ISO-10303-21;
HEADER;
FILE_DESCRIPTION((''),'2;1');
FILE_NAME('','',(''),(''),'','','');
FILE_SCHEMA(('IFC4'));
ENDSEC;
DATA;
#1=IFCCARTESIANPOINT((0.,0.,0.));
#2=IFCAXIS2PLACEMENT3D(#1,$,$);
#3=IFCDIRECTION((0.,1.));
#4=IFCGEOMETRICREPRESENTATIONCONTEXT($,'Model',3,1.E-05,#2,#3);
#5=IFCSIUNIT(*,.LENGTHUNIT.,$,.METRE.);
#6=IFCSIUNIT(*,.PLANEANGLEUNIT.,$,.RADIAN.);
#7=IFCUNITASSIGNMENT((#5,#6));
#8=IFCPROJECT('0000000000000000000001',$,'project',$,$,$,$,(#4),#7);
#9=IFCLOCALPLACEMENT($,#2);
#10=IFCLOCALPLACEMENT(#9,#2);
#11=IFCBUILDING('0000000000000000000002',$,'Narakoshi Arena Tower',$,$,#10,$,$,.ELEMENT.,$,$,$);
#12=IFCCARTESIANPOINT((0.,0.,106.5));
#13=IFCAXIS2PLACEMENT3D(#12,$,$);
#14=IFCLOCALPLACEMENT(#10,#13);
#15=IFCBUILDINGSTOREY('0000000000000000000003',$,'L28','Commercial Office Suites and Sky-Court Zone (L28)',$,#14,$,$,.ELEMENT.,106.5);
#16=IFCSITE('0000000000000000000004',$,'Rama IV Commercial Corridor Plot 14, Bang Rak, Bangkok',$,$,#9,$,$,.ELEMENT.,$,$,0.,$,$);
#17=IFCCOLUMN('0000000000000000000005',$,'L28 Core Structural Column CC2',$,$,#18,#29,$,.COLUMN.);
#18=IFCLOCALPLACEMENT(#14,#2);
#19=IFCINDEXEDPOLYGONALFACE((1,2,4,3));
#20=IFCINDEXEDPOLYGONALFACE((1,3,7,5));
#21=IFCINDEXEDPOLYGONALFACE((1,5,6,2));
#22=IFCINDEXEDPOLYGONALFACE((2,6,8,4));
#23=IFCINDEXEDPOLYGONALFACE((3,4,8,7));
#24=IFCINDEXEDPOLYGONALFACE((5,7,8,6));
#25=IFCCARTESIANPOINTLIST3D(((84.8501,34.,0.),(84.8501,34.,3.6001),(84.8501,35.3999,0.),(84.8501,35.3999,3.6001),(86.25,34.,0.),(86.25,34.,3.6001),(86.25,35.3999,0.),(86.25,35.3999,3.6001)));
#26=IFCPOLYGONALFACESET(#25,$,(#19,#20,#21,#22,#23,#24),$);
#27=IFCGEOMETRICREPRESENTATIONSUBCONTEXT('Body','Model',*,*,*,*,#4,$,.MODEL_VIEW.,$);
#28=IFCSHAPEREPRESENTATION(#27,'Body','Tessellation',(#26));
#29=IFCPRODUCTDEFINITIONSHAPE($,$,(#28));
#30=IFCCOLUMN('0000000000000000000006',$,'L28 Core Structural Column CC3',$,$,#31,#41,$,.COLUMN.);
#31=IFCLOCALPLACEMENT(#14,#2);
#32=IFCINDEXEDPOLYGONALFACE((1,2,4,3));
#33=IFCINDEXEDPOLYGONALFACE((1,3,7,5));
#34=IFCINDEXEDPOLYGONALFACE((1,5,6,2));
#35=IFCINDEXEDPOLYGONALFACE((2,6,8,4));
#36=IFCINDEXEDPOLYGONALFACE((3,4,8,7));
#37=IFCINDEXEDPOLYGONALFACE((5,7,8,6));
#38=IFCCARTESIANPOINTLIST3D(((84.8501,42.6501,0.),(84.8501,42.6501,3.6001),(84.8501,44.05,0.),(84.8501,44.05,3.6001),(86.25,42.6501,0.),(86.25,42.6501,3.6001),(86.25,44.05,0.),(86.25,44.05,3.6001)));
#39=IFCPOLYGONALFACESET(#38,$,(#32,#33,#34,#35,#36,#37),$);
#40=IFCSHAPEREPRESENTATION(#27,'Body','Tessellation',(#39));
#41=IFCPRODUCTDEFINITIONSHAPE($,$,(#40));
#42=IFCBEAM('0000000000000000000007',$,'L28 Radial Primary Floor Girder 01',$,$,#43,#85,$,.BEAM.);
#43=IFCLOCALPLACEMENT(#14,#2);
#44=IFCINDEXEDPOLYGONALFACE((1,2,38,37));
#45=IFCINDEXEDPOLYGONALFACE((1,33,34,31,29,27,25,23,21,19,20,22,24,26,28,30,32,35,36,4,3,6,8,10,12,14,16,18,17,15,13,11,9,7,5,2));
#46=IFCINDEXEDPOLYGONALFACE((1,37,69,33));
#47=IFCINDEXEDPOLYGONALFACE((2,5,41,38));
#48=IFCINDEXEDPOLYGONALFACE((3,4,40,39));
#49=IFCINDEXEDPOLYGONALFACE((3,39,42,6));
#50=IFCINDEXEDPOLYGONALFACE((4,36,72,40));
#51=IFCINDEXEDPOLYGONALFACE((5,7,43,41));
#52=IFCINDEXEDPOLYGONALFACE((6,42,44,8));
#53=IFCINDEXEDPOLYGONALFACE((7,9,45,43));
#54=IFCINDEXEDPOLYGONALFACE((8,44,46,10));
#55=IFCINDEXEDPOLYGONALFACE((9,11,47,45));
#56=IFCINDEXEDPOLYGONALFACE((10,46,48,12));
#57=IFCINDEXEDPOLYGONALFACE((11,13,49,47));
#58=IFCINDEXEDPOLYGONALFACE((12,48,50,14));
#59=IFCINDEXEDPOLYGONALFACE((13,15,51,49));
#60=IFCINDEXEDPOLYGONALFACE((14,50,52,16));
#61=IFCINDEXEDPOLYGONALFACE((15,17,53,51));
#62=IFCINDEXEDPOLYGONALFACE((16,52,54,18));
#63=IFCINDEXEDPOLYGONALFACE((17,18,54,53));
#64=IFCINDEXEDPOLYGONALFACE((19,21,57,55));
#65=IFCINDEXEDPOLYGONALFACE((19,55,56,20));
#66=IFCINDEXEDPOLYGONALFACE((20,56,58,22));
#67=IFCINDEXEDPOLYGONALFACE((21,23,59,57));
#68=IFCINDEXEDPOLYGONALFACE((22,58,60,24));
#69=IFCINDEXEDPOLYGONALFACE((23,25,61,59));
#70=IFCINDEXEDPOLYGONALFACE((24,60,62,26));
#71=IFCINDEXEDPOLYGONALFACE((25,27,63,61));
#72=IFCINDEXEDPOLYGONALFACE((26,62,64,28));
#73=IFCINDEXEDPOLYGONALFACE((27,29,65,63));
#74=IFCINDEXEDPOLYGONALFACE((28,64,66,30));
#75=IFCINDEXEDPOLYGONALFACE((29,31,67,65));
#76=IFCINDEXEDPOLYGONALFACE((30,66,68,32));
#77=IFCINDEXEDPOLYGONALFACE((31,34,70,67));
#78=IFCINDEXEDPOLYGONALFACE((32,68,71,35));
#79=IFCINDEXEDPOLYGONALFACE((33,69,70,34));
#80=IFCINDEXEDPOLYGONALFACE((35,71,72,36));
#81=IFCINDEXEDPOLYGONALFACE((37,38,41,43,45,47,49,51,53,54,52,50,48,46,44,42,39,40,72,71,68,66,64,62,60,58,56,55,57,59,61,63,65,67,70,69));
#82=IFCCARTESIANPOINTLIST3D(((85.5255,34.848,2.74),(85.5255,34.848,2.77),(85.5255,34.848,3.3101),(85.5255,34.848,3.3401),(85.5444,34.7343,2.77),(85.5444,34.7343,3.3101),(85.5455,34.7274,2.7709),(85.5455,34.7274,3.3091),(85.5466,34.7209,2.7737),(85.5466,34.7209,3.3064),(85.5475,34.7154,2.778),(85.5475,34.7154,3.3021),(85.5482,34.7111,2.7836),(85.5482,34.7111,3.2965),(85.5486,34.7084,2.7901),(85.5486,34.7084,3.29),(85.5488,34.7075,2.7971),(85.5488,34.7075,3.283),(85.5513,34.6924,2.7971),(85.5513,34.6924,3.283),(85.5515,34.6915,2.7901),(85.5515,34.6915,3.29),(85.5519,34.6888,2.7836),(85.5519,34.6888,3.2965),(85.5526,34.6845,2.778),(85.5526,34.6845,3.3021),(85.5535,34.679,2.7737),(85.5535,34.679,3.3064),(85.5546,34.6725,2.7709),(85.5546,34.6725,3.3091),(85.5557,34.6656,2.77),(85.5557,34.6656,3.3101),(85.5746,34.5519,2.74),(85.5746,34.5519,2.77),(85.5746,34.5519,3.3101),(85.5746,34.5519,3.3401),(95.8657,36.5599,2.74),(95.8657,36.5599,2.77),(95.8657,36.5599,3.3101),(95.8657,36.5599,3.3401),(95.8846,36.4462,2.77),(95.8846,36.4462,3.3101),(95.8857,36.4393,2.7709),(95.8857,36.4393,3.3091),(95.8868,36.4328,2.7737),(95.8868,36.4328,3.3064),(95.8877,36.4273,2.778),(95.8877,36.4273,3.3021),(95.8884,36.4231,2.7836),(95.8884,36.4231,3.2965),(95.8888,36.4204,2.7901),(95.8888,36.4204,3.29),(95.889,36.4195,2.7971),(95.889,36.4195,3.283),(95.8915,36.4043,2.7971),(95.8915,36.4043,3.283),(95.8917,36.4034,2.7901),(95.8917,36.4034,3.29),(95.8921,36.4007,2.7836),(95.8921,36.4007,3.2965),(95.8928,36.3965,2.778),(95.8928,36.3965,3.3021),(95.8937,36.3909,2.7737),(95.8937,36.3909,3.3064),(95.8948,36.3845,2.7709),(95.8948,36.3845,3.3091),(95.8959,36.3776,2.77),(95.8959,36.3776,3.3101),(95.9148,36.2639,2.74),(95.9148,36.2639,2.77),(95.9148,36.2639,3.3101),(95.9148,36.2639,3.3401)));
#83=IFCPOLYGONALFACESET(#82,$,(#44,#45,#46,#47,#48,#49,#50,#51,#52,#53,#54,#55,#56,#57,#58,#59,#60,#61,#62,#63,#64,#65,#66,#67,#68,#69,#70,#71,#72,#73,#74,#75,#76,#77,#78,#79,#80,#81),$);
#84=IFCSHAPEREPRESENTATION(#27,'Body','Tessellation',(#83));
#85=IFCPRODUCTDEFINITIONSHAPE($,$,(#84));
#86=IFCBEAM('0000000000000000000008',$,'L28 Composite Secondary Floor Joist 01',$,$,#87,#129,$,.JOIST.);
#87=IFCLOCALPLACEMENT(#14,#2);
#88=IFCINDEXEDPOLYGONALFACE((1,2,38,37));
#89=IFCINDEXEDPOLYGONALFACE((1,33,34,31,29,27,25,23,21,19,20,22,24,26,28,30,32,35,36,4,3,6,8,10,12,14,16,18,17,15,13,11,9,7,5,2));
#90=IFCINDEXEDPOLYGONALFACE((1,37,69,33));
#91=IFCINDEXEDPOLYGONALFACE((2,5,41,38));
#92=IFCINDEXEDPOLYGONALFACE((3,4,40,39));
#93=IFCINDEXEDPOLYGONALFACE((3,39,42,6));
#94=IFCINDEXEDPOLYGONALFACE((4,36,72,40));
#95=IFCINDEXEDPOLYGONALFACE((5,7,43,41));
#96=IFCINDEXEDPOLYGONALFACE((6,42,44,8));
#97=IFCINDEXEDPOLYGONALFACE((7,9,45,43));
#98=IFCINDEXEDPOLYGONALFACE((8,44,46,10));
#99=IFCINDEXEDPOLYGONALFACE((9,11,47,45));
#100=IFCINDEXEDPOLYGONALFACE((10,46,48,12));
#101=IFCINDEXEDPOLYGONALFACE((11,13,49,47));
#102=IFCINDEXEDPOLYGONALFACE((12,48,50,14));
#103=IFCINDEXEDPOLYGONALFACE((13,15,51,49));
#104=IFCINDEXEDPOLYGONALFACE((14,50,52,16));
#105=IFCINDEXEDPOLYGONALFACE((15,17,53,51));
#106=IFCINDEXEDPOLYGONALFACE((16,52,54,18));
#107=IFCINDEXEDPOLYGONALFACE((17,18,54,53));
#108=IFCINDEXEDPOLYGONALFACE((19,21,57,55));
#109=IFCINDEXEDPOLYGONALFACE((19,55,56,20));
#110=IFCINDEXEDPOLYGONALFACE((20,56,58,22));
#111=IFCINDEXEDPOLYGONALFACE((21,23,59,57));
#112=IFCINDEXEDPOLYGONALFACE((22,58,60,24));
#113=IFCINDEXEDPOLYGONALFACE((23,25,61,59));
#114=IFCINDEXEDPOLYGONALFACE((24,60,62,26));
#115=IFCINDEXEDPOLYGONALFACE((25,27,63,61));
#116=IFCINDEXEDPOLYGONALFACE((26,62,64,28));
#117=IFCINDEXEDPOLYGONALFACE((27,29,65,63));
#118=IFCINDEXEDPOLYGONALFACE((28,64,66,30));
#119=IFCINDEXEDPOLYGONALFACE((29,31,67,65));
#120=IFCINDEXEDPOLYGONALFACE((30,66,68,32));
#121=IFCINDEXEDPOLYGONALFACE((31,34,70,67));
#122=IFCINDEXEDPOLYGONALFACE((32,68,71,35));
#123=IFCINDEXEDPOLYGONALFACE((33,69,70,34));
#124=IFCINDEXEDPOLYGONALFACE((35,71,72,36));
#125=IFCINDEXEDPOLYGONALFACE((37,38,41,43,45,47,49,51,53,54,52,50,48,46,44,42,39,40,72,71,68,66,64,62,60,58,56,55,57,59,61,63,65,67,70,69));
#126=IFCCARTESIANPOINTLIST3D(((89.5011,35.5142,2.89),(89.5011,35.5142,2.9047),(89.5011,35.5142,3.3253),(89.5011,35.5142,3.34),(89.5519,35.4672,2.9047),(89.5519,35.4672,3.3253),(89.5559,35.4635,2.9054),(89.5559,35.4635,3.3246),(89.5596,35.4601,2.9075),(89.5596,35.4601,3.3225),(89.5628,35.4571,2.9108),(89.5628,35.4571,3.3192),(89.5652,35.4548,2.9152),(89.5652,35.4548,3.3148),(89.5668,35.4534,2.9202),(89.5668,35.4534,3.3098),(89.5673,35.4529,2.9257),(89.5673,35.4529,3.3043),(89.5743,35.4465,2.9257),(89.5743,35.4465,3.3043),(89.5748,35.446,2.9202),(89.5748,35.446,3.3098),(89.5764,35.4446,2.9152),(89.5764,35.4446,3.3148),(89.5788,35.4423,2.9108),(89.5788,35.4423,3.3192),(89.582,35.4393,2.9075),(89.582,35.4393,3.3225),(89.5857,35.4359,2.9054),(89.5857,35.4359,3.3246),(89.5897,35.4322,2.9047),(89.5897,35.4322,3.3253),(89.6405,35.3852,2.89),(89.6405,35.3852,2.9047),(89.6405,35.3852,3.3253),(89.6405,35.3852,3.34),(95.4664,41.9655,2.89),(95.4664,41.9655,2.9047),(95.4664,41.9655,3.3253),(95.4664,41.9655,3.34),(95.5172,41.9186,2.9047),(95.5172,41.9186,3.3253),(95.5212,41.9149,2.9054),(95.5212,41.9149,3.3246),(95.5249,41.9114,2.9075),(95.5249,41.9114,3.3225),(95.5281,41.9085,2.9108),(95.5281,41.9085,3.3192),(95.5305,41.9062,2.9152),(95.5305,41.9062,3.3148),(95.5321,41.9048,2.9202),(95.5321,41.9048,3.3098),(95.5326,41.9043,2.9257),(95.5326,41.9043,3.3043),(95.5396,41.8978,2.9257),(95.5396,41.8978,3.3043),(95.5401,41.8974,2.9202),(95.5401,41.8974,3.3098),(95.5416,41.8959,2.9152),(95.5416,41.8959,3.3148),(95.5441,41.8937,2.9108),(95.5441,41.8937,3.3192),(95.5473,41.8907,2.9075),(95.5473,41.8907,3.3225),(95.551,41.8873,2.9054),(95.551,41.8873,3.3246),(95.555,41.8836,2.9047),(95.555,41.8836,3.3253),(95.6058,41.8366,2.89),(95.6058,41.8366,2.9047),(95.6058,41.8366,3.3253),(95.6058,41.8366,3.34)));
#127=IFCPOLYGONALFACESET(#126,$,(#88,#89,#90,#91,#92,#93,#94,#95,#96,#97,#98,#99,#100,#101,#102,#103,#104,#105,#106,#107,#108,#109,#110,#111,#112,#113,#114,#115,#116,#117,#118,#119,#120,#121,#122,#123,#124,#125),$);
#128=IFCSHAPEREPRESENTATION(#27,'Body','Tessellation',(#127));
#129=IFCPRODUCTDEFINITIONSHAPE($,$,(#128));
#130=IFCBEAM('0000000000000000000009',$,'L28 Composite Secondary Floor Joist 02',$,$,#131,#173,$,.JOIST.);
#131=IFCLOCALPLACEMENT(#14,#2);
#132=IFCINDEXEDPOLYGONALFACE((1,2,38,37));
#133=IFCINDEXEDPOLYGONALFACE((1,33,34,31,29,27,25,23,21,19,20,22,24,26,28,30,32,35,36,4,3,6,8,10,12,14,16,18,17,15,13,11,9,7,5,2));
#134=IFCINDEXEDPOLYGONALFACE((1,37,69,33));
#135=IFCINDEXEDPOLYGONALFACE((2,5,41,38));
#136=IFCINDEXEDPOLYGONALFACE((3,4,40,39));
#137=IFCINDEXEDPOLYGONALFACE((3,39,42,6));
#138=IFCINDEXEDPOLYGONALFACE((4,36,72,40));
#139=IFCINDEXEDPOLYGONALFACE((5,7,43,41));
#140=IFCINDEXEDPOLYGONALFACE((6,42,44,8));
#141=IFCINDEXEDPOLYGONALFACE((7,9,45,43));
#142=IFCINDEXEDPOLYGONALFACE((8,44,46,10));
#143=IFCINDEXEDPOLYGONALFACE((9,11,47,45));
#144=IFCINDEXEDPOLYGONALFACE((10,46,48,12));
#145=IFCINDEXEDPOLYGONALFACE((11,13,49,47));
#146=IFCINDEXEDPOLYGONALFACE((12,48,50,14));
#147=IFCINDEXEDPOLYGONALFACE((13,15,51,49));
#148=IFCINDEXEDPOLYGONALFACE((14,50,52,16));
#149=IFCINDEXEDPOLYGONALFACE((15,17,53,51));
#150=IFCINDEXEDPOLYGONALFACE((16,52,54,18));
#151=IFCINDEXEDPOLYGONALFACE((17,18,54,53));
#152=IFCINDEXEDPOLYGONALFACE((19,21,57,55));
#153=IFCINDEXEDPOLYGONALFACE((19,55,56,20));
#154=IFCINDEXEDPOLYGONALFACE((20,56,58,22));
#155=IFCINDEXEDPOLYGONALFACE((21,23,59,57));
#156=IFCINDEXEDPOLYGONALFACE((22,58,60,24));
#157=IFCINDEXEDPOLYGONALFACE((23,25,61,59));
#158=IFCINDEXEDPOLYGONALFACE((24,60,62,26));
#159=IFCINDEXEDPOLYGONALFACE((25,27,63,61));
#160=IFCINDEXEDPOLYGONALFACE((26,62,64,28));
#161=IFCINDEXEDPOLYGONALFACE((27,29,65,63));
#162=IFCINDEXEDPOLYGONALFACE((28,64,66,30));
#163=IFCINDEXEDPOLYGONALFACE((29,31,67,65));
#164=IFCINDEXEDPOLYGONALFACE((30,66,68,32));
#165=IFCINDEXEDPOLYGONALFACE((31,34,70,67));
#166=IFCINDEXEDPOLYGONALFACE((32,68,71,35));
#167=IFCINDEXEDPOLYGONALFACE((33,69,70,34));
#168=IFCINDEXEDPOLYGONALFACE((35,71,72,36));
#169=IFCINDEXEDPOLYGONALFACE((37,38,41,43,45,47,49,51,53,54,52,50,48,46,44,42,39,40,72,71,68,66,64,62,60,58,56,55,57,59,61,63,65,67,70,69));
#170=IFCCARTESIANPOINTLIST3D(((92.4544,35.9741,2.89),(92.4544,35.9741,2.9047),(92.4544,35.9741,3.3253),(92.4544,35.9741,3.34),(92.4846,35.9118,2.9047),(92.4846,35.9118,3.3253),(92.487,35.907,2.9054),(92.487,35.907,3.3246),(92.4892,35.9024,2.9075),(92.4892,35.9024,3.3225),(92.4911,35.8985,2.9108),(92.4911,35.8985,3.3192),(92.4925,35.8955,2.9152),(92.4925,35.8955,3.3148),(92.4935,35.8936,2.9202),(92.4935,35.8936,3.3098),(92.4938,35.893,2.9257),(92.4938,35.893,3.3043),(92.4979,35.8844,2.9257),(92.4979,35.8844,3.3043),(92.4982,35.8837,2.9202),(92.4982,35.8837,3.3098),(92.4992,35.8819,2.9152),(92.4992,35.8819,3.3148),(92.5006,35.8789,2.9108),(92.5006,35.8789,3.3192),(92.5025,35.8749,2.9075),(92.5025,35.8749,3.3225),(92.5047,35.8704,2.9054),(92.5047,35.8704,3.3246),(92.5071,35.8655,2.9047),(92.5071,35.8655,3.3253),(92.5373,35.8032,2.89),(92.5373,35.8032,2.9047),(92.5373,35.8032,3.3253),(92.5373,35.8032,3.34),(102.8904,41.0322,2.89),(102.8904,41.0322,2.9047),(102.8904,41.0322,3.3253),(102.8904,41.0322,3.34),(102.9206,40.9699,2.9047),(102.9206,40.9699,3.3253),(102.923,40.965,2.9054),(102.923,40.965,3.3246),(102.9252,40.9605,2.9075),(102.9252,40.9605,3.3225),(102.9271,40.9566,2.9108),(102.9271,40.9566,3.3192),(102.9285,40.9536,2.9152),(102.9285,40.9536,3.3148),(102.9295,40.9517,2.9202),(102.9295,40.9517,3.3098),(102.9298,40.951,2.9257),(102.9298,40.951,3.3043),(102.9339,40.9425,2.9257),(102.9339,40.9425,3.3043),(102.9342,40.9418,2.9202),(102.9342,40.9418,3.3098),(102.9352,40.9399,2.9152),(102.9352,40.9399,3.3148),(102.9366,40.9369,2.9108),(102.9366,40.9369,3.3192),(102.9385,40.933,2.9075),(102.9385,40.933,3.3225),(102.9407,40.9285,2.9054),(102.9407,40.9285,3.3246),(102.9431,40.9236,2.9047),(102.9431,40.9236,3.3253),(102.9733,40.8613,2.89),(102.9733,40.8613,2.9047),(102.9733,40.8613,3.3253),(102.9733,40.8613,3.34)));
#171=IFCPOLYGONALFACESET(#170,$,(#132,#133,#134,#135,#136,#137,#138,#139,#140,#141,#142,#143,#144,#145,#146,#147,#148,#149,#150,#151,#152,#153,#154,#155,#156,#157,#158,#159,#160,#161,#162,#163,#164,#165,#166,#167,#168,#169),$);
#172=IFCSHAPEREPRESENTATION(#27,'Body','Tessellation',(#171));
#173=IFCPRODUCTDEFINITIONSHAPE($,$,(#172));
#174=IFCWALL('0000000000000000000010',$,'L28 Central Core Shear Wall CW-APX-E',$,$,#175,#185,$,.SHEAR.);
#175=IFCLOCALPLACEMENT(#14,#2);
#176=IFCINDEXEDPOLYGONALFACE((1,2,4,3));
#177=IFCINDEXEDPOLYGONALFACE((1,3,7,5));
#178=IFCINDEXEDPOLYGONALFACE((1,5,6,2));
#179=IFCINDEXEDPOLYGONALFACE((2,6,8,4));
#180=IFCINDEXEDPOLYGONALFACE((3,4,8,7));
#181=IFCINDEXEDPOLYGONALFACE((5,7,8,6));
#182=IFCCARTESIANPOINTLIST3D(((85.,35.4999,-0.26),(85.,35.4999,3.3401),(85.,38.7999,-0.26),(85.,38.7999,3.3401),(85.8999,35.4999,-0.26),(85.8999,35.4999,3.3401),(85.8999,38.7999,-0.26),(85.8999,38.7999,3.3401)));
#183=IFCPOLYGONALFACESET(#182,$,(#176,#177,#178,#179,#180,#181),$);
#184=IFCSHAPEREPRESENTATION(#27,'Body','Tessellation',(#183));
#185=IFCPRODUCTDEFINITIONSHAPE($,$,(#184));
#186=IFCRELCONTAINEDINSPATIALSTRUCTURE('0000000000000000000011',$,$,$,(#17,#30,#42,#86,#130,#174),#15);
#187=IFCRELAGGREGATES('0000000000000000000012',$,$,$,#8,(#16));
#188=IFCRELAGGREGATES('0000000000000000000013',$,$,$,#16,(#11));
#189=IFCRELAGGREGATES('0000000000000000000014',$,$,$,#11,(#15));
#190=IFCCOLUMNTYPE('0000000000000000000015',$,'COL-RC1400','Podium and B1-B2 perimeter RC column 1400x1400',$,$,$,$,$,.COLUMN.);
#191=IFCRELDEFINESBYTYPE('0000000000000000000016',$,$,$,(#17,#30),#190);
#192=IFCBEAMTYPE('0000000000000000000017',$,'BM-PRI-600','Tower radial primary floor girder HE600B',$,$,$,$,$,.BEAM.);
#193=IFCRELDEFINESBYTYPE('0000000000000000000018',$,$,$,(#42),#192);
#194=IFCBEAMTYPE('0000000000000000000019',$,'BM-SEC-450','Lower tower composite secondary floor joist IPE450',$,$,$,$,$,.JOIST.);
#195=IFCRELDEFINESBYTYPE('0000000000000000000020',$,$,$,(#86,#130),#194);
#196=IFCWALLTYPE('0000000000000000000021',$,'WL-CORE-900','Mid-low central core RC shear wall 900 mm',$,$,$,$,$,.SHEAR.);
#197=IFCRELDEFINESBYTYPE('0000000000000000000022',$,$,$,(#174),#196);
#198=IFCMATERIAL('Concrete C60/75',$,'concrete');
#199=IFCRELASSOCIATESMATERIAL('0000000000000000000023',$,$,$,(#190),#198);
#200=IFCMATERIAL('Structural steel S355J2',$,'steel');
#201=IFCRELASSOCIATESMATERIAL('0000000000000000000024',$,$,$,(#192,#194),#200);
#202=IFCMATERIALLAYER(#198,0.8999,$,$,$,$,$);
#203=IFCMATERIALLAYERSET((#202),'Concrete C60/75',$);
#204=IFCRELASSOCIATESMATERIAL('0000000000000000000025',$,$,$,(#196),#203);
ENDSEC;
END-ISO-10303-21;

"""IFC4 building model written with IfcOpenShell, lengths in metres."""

from ifc_helpers import new_model, si_unit, direction, frame, frame_2d, origin, origin_2d, place, context, subcontext, project, spatial, rectangle, i_section, extrude, material, layer, layer_set, material_profile, profile_set, type_object, element, save


model = new_model("IFC4")

# Units and contexts
model_context = context("Model", 3, precision=1e-05, world=origin(), true_north=direction((0.0, 1.0)))
body_context = subcontext(model_context, "Body", "Model", "MODEL_VIEW")
ifc_project = project(units=[si_unit("LENGTHUNIT", "METRE"), si_unit("PLANEANGLEUNIT", "RADIAN")], contexts=[model_context])

# Site, building, storey
site_placement = place(None, origin())
site = spatial("IfcSite", under=ifc_project, at=site_placement, Name="Rama IV Commercial Corridor Plot 14, Bang Rak, Bangkok", CompositionType="ELEMENT", RefElevation=0.0)
building_placement = place(site_placement, origin())
building = spatial("IfcBuilding", under=site, at=building_placement, Name="Narakoshi Arena Tower", CompositionType="ELEMENT")
storey_placement = place(building_placement, frame((0.0, 0.0, 106.5)))
storey = spatial("IfcBuildingStorey", under=building, at=storey_placement, Name="L28", Description="Commercial Office Suites and Sky-Court Zone (L28)", CompositionType="ELEMENT", Elevation=106.5)

# Columns
ifc_material_1 = material(Name="Concrete C60/75", Category="concrete")
ifc_material_profile_1 = material_profile(ifc_material_1, rectangle(XDim=1.3999, YDim=1.3999, at=origin_2d()), Name="RC1400x1400")
ifc_profile_set_1 = profile_set([ifc_material_profile_1], Name="Concrete C60/75")
column_type = type_object("IfcColumnType", Name="COL-RC1400", Description="Podium and B1-B2 perimeter RC column 1400x1400", PredefinedType="COLUMN", material=ifc_profile_set_1)
for number, where, z_axis, x_axis, name in (
    (1, (85.55, 34.7, 0.0), (0.0, 0.0, 1.0), (1.0, 0.0, 0.0), "L28 Core Structural Column CC2"),
    (2, (85.55, 43.3501, 0.0), (0.0, 0.0, 1.0), (1.0, 0.0, 0.0), "L28 Core Structural Column CC3"),
):
    element("IfcColumn", number, at=place(storey_placement, frame(where, z_axis=z_axis, x_axis=x_axis)), inside=storey, type_object=column_type, Name=name, PredefinedType="COLUMN", context=body_context, shape_type="SweptSolid", body=[
        extrude(rectangle(XDim=1.3999, YDim=1.3999, at=origin_2d()), origin(), (0.0, 0.0, 1.0), 3.6001),
    ])

# Beams
ifc_material_2 = material(Name="Structural steel S355J2", Category="steel")
ifc_material_profile_2 = material_profile(ifc_material_2, i_section(OverallWidth=0.3, OverallDepth=0.6001, WebThickness=0.0154, FlangeThickness=0.03, FilletRadius=0.0271, at=origin_2d()), Name="HE600B")
ifc_profile_set_2 = profile_set([ifc_material_profile_2], Name="Structural steel S355J2")
beam_type_1 = type_object("IfcBeamType", Name="BM-PRI-600", Description="Tower radial primary floor girder HE600B", PredefinedType="BEAM", material=ifc_profile_set_2)
beam_1_placement = place(storey_placement, frame((85.55, 34.7, 3.04), z_axis=(0.98657, 0.163337, 0.0), x_axis=(-0.163337, 0.98657, 0.0)))
element("IfcBeam", 3, at=beam_1_placement, inside=storey, type_object=beam_type_1, Name="L28 Radial Primary Floor Girder 01", PredefinedType="BEAM", context=body_context, shape_type="SweptSolid", body=[
    extrude(i_section(OverallWidth=0.3, OverallDepth=0.6001, WebThickness=0.0154, FlangeThickness=0.03, FilletRadius=0.0271, at=origin_2d()), origin(), (0.0, 0.0, 1.0), 10.481),
])
ifc_material_profile_3 = material_profile(ifc_material_2, i_section(OverallWidth=0.1899, OverallDepth=0.45, WebThickness=0.0095, FlangeThickness=0.0146, FilletRadius=0.021, at=origin_2d()), Name="IPE450")
ifc_profile_set_3 = profile_set([ifc_material_profile_3], Name="Structural steel S355J2")
beam_type_2 = type_object("IfcBeamType", Name="BM-SEC-450", Description="Lower tower composite secondary floor joist IPE450", PredefinedType="JOIST", material=ifc_profile_set_3)
beam_2_placement = place(storey_placement, frame((89.5708, 35.4497, 3.115), z_axis=(0.678905, 0.734226, 0.0), x_axis=(-0.734226, 0.678905, 0.0)))
element("IfcBeam", 4, at=beam_2_placement, inside=storey, type_object=beam_type_2, Name="L28 Composite Secondary Floor Joist 01", PredefinedType="JOIST", context=body_context, shape_type="SweptSolid", body=[
    extrude(i_section(OverallWidth=0.1899, OverallDepth=0.45, WebThickness=0.0095, FlangeThickness=0.0146, FilletRadius=0.021, at=origin_2d()), origin(), (0.0, 0.0, 1.0), 8.7866),
])
beam_3_placement = place(storey_placement, frame((92.4958, 35.8887, 3.115), z_axis=(0.899875, 0.436149, 0.0), x_axis=(-0.436149, 0.899875, 0.0)))
element("IfcBeam", 5, at=beam_3_placement, inside=storey, type_object=beam_type_2, Name="L28 Composite Secondary Floor Joist 02", PredefinedType="JOIST", context=body_context, shape_type="SweptSolid", body=[
    extrude(i_section(OverallWidth=0.1899, OverallDepth=0.45, WebThickness=0.0095, FlangeThickness=0.0146, FilletRadius=0.021, at=origin_2d()), origin(), (0.0, 0.0, 1.0), 11.5972),
])

# Wall
ifc_layer_1 = layer(ifc_material_1, 0.8999)
ifc_layer_set_1 = layer_set([ifc_layer_1], Name="Concrete C60/75")
wall_type_1 = type_object("IfcWallType", Name="WL-CORE-900", Description="Mid-low central core RC shear wall 900 mm", PredefinedType="SHEAR", material=ifc_layer_set_1)
wall_1_placement = place(storey_placement, frame((85.45, 35.5, -0.26), z_axis=(0.0, 0.0, 1.0), x_axis=(0.0, 1.0, 0.0)))
element("IfcWall", 6, at=wall_1_placement, inside=storey, type_object=wall_type_1, Name="L28 Central Core Shear Wall CW-APX-E", PredefinedType="SHEAR", context=body_context, shape_type="SweptSolid", body=[
    extrude(rectangle(XDim=3.3, YDim=0.8999, at=frame_2d((1.6499, 0.0))), origin(), (0.0, 0.0, 1.0), 3.6001),
])

save(model, "model.ifc")
